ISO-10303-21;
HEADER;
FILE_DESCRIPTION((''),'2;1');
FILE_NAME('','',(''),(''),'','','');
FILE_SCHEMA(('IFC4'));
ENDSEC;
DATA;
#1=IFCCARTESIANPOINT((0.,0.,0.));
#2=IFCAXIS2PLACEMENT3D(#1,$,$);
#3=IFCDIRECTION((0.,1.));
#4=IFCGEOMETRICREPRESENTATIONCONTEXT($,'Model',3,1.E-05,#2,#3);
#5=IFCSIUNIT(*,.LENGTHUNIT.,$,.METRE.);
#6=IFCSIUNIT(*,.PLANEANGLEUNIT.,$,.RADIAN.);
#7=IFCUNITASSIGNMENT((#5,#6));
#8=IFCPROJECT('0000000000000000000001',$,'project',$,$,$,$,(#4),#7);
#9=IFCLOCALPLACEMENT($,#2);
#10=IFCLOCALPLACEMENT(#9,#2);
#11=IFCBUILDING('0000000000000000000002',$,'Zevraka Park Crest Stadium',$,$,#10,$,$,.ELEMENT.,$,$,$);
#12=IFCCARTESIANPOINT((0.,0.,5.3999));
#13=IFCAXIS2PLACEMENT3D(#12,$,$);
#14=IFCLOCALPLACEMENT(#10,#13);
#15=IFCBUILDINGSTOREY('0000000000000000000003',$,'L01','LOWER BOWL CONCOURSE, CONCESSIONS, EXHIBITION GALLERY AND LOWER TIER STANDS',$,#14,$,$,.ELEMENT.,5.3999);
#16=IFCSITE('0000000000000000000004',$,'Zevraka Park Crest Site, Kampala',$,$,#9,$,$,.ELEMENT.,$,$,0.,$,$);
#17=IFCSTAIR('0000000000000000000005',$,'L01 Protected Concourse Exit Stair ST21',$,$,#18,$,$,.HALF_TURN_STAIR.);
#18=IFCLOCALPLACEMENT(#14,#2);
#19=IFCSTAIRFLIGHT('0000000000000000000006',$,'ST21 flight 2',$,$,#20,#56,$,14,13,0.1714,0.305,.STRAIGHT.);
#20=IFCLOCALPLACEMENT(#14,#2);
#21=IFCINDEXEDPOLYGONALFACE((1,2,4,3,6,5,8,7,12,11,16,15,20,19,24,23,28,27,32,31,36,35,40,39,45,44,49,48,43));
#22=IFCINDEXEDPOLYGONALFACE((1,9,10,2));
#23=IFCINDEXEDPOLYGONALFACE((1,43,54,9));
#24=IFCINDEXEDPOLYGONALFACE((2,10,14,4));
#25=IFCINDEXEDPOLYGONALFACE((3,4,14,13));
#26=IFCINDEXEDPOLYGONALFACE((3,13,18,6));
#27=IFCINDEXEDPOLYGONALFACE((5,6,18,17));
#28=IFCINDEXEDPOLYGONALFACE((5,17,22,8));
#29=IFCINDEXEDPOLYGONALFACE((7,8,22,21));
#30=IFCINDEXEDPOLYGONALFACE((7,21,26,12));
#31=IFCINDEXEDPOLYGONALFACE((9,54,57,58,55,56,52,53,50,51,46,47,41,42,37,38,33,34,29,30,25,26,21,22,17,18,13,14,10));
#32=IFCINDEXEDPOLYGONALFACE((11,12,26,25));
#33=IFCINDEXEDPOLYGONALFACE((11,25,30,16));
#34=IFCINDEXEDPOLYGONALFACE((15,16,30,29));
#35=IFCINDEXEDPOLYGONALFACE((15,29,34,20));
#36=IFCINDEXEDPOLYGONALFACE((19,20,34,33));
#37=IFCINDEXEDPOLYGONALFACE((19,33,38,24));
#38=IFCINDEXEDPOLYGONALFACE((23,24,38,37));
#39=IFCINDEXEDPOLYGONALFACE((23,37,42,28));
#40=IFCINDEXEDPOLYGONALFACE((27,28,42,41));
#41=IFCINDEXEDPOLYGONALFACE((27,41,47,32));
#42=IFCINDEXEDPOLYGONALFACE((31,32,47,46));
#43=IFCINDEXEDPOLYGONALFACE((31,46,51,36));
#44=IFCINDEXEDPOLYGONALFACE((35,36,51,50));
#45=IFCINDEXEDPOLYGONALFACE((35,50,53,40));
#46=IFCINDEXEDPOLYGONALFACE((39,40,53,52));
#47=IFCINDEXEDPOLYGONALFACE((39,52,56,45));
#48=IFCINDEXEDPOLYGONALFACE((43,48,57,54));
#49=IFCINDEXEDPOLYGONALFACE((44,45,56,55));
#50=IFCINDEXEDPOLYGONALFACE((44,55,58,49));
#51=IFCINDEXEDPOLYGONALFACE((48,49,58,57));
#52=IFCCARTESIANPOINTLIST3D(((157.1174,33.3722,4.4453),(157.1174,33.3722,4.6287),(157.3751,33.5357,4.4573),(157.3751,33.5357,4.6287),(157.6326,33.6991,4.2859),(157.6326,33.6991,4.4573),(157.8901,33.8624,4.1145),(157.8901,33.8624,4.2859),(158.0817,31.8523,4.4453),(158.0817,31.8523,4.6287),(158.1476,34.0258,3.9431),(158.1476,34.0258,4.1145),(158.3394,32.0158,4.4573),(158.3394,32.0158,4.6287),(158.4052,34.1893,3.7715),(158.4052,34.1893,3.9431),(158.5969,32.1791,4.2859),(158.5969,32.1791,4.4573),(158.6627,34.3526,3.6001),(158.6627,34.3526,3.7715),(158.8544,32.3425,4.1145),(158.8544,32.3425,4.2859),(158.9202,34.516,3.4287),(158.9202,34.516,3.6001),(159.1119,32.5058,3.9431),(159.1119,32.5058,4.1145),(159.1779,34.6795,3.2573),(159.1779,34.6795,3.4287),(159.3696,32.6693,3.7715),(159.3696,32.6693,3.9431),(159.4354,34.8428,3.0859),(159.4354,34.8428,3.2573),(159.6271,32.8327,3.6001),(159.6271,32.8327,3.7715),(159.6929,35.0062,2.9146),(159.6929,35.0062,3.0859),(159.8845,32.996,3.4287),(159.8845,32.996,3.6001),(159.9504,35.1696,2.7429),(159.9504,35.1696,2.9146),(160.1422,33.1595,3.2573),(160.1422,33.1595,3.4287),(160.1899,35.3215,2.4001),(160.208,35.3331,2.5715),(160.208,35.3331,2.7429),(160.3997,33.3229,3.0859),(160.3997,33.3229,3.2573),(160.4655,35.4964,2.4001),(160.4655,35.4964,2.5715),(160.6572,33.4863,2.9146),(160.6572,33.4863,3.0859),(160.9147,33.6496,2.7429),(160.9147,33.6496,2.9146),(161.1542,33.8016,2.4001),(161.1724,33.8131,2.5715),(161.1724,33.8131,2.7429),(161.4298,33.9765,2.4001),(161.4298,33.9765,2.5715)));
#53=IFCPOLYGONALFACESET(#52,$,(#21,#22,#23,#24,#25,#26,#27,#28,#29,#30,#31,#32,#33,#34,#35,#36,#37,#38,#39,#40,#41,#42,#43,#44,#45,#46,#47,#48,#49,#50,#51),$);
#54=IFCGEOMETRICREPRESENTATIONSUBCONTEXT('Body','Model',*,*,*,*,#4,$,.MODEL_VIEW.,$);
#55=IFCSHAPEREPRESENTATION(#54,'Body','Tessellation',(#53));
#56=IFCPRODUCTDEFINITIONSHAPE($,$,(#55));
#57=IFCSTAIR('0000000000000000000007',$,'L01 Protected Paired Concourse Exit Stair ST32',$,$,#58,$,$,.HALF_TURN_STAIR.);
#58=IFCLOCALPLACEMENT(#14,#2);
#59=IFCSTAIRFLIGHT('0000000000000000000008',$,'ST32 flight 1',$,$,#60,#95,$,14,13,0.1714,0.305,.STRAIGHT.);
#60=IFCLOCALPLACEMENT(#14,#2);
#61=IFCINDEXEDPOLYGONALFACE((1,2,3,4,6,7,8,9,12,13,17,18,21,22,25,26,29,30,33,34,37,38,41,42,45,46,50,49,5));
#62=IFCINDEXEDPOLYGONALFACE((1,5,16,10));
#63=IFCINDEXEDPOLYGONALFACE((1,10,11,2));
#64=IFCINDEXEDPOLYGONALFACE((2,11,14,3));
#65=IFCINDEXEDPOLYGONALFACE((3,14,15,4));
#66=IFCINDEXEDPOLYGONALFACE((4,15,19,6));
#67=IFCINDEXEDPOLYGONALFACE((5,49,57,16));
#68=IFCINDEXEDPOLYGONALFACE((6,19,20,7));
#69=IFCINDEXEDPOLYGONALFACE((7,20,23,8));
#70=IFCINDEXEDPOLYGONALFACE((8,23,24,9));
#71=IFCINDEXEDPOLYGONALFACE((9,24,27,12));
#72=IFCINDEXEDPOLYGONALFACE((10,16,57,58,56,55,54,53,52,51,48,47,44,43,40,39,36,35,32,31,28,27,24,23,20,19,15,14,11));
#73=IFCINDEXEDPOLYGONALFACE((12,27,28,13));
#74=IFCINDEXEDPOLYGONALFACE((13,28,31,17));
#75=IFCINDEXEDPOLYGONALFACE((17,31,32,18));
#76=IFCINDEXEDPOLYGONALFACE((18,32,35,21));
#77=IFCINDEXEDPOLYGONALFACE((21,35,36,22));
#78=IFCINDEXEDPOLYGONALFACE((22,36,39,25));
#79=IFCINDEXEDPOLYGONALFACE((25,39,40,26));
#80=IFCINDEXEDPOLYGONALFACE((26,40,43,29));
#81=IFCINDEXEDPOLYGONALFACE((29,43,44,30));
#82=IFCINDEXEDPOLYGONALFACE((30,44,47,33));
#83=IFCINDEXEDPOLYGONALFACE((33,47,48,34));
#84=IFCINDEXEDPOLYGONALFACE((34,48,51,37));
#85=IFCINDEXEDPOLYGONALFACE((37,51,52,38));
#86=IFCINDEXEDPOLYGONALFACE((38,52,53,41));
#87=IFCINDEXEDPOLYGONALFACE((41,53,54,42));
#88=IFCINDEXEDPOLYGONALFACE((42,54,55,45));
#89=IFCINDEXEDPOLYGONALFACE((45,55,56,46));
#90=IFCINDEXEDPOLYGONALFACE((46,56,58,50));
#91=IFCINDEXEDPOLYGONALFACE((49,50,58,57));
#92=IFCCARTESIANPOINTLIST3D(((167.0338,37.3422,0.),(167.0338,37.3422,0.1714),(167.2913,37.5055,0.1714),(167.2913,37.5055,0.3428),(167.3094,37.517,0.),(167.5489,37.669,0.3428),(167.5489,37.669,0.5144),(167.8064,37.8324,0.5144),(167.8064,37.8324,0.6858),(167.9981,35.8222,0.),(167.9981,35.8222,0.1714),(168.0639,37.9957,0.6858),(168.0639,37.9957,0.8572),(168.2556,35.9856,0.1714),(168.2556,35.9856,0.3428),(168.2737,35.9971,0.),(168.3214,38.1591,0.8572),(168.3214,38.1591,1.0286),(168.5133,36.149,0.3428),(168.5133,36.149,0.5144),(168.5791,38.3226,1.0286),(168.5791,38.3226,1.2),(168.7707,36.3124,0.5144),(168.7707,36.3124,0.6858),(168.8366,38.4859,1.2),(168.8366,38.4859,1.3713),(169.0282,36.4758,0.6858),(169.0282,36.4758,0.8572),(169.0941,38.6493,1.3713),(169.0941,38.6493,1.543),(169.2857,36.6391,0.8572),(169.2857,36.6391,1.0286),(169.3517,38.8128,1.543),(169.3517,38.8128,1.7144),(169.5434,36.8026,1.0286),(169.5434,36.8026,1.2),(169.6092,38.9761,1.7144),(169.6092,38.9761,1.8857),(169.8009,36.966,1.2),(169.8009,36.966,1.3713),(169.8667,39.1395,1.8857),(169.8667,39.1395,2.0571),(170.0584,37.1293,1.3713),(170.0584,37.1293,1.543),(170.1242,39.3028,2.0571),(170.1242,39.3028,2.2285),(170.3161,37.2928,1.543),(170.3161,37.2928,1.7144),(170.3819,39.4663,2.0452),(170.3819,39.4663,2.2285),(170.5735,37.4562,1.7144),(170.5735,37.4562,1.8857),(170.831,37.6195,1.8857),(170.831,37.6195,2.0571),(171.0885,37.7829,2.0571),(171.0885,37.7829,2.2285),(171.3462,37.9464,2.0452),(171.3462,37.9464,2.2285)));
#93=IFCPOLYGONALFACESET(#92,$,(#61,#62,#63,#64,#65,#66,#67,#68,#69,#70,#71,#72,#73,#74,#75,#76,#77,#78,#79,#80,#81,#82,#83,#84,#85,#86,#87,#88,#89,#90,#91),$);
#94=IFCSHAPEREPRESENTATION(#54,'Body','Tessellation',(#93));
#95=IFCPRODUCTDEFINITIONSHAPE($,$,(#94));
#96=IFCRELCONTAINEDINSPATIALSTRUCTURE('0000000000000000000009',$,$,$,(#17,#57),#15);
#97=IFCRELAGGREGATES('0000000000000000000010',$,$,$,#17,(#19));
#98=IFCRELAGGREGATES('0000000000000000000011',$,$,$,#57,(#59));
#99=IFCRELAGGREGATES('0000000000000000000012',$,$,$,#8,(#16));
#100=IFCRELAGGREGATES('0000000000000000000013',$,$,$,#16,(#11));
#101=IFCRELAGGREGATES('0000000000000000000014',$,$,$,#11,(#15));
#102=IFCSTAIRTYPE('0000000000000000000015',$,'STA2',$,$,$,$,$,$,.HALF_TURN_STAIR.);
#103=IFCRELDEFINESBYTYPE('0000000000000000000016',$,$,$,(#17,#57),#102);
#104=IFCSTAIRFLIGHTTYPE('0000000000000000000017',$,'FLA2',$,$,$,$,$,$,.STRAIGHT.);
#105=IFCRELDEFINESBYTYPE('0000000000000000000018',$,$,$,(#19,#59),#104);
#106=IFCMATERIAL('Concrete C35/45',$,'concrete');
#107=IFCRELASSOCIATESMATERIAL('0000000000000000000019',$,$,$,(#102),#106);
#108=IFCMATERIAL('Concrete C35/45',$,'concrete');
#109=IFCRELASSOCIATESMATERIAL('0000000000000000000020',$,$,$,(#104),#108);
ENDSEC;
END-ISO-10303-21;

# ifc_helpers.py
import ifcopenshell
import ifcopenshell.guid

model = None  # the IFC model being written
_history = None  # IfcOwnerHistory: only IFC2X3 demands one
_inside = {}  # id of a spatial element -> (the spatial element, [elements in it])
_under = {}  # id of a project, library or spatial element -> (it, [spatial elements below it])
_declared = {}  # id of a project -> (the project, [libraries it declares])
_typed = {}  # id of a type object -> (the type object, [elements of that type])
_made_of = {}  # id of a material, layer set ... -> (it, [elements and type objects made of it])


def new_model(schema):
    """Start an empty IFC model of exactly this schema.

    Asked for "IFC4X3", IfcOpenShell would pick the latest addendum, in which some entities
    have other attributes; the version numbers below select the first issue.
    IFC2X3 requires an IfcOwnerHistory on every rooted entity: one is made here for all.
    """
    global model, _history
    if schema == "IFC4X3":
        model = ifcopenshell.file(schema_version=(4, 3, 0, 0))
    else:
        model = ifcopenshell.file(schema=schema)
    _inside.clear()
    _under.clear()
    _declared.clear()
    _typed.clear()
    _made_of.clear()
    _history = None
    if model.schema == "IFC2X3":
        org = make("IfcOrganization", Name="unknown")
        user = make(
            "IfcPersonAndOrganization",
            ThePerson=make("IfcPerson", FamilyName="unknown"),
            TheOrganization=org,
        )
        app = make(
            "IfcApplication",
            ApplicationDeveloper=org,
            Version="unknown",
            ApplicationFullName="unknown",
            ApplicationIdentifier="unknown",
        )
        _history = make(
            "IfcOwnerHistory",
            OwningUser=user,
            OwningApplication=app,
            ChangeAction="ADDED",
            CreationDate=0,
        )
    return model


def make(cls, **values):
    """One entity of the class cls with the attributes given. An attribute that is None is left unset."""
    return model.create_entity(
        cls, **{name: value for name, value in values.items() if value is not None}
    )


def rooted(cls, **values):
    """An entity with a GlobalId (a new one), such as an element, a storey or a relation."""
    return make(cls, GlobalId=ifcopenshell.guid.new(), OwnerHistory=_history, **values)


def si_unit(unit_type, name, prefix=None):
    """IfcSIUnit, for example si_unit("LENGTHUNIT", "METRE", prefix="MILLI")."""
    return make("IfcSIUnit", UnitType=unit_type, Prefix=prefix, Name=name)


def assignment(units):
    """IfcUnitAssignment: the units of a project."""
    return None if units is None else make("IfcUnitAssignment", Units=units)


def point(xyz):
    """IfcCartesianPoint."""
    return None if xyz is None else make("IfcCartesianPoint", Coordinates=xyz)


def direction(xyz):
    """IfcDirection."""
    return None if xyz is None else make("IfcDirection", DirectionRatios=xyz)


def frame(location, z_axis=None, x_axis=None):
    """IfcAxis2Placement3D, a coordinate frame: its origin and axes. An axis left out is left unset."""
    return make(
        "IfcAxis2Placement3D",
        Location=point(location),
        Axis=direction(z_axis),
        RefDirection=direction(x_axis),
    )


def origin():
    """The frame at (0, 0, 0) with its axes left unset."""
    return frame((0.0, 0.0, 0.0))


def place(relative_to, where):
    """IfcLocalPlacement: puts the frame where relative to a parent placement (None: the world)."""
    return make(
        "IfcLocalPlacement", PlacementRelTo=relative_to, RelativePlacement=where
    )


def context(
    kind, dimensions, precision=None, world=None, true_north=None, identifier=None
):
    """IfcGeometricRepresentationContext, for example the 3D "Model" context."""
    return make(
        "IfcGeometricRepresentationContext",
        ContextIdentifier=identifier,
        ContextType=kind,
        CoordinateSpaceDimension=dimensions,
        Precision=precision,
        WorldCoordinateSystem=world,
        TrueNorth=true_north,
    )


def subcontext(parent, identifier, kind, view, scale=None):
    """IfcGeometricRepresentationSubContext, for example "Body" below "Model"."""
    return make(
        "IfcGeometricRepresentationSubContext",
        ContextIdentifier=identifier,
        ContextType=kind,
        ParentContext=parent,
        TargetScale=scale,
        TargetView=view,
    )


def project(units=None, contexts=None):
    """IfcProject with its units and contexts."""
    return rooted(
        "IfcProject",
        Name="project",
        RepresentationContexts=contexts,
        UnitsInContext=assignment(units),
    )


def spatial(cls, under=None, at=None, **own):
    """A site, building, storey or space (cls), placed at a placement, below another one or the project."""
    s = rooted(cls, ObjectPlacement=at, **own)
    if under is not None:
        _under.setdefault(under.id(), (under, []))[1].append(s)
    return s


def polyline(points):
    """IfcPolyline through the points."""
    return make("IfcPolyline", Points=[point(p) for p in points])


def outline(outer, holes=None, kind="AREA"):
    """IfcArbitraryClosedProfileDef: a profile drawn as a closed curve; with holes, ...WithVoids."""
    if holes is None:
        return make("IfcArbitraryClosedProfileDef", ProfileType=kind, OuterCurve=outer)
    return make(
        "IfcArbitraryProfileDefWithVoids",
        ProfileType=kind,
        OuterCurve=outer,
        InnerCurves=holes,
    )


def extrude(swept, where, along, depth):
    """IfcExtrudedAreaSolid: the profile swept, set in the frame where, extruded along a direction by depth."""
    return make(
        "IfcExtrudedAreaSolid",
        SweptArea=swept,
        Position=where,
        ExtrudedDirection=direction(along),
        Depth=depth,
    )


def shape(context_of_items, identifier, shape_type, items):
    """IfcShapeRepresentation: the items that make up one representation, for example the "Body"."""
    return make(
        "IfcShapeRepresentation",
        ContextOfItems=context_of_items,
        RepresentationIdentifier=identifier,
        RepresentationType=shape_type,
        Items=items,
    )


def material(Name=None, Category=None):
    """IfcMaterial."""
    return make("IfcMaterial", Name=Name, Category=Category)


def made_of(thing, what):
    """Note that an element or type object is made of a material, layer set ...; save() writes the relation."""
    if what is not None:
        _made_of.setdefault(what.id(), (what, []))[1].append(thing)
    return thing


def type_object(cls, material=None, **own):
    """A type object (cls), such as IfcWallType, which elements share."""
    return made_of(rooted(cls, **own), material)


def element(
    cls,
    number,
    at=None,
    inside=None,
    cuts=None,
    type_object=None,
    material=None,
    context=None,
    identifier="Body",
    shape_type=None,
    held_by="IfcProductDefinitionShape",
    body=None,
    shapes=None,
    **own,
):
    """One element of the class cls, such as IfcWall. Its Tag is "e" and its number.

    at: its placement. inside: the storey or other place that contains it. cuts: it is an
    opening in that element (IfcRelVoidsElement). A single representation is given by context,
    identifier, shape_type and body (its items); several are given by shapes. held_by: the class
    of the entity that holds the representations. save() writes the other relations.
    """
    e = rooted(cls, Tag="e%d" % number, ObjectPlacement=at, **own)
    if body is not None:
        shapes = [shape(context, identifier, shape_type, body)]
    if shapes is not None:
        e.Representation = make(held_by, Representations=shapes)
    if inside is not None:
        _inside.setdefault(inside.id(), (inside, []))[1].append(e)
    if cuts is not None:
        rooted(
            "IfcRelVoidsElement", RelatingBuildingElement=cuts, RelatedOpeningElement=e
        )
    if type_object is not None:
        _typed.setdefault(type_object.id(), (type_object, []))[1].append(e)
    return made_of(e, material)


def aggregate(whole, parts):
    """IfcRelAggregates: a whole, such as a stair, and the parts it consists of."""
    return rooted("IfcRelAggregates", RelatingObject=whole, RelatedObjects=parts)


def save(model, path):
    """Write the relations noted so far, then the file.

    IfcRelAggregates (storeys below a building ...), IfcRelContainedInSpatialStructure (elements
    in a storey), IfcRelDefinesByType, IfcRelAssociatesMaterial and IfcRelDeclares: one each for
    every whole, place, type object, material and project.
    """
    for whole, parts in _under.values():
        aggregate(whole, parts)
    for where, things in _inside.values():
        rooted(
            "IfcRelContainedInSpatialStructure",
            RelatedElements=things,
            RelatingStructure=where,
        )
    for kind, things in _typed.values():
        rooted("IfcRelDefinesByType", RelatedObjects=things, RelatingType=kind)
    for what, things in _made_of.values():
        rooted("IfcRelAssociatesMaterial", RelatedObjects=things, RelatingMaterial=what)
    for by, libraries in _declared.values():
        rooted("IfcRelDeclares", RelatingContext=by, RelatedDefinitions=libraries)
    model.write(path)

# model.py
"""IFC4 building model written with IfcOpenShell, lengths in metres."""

from ifc_helpers import new_model, si_unit, direction, frame, origin, place, context, subcontext, project, spatial, polyline, outline, extrude, material, type_object, element, aggregate, save


model = new_model("IFC4")

# Units and contexts
model_context = context("Model", 3, precision=1e-05, world=origin(), true_north=direction((0.0, 1.0)))
body_context = subcontext(model_context, "Body", "Model", "MODEL_VIEW")
ifc_project = project(units=[si_unit("LENGTHUNIT", "METRE"), si_unit("PLANEANGLEUNIT", "RADIAN")], contexts=[model_context])

# Site, building, storey
site_placement = place(None, origin())
site = spatial("IfcSite", under=ifc_project, at=site_placement, Name="Zevraka Park Crest Site, Kampala", CompositionType="ELEMENT", RefElevation=0.0)
building_placement = place(site_placement, origin())
building = spatial("IfcBuilding", under=site, at=building_placement, Name="Zevraka Park Crest Stadium", CompositionType="ELEMENT")
storey_placement = place(building_placement, frame((0.0, 0.0, 5.3999)))
storey = spatial("IfcBuildingStorey", under=building, at=storey_placement, Name="L01", Description="LOWER BOWL CONCOURSE, CONCESSIONS, EXHIBITION GALLERY AND LOWER TIER STANDS", CompositionType="ELEMENT", Elevation=5.3999)

# Stairs, stair flights
ifc_material_1 = material(Name="Concrete C35/45", Category="concrete")
stair_type = type_object("IfcStairType", Name="STA2", PredefinedType="HALF_TURN_STAIR", material=ifc_material_1)
stair_1_placement = place(storey_placement, origin())
stair_1 = element("IfcStair", 1, at=stair_1_placement, inside=storey, type_object=stair_type, Name="L01 Protected Concourse Exit Stair ST21", PredefinedType="HALF_TURN_STAIR")
ifc_material_2 = material(Name="Concrete C35/45", Category="concrete")
stair_flight_type = type_object("IfcStairFlightType", Name="FLA2", PredefinedType="STRAIGHT", material=ifc_material_2)
stair_flight_1_placement = place(storey_placement, frame((160.9478, 34.7363, 2.4001), z_axis=(0.0, 0.0, 1.0), x_axis=(-0.844397, -0.535718, 0.0)))
stair_flight_1 = element("IfcStairFlight", 2, at=stair_flight_1_placement, type_object=stair_flight_type, Name="ST21 flight 2", NumberOfRisers=14, NumberOfTreads=13, PredefinedType="STRAIGHT", RiserHeight=0.1714, TreadLength=0.305, context=body_context, shape_type="SweptSolid", body=[
    extrude(outline(polyline([(0.0, 0.0), (0.0, 0.1714), (0.3049, 0.1714), (0.3049, 0.3428), (0.6101, 0.3428), (0.6101, 0.5144), (0.915, 0.5144), (0.915, 0.6858), (1.22, 0.6858), (1.22, 0.8572), (1.5249, 0.8572), (1.5249, 1.0286), (1.8301, 1.0286), (1.8301, 1.2), (2.135, 1.2), (2.135, 1.3713), (2.4399, 1.3713), (2.4399, 1.543), (2.7451, 1.543), (2.7451, 1.7144), (3.05, 1.7144), (3.05, 1.8857), (3.355, 1.8857), (3.355, 2.0571), (3.6599, 2.0571), (3.6599, 2.2285), (3.9651, 2.2285), (3.9651, 2.3999), (3.9651, 2.0452), (0.3264, 0.0), (0.0, 0.0)])), frame((0.0, 0.8999, 0.0), z_axis=(0.0, -1.0, 0.0), x_axis=(1.0, 0.0, 0.0)), (0.0, 0.0, 1.0), 1.8),
])
aggregate(stair_1, [stair_flight_1])
stair_2_placement = place(storey_placement, origin())
stair_2 = element("IfcStair", 3, at=stair_2_placement, inside=storey, type_object=stair_type, Name="L01 Protected Paired Concourse Exit Stair ST32", PredefinedType="HALF_TURN_STAIR")
stair_flight_2_placement = place(storey_placement, frame((167.5159, 36.5823, 0.0), z_axis=(0.0, 0.0, 1.0), x_axis=(0.844397, 0.535718, 0.0)))
stair_flight_2 = element("IfcStairFlight", 4, at=stair_flight_2_placement, type_object=stair_flight_type, Name="ST32 flight 1", NumberOfRisers=14, NumberOfTreads=13, PredefinedType="STRAIGHT", RiserHeight=0.1714, TreadLength=0.305, context=body_context, shape_type="SweptSolid", body=[
    extrude(outline(polyline([(0.0, 0.0), (0.0, 0.1714), (0.3049, 0.1714), (0.3049, 0.3428), (0.6101, 0.3428), (0.6101, 0.5144), (0.915, 0.5144), (0.915, 0.6858), (1.22, 0.6858), (1.22, 0.8572), (1.5249, 0.8572), (1.5249, 1.0286), (1.8301, 1.0286), (1.8301, 1.2), (2.135, 1.2), (2.135, 1.3713), (2.4399, 1.3713), (2.4399, 1.543), (2.7451, 1.543), (2.7451, 1.7144), (3.05, 1.7144), (3.05, 1.8857), (3.355, 1.8857), (3.355, 2.0571), (3.6599, 2.0571), (3.6599, 2.2285), (3.9651, 2.2285), (3.9651, 2.3999), (3.9651, 2.0452), (0.3264, 0.0), (0.0, 0.0)])), frame((0.0, 0.8999, 0.0), z_axis=(0.0, -1.0, 0.0), x_axis=(1.0, 0.0, 0.0)), (0.0, 0.0, 1.0), 1.8),
])
aggregate(stair_2, [stair_flight_2])

save(model, "model.ifc")
